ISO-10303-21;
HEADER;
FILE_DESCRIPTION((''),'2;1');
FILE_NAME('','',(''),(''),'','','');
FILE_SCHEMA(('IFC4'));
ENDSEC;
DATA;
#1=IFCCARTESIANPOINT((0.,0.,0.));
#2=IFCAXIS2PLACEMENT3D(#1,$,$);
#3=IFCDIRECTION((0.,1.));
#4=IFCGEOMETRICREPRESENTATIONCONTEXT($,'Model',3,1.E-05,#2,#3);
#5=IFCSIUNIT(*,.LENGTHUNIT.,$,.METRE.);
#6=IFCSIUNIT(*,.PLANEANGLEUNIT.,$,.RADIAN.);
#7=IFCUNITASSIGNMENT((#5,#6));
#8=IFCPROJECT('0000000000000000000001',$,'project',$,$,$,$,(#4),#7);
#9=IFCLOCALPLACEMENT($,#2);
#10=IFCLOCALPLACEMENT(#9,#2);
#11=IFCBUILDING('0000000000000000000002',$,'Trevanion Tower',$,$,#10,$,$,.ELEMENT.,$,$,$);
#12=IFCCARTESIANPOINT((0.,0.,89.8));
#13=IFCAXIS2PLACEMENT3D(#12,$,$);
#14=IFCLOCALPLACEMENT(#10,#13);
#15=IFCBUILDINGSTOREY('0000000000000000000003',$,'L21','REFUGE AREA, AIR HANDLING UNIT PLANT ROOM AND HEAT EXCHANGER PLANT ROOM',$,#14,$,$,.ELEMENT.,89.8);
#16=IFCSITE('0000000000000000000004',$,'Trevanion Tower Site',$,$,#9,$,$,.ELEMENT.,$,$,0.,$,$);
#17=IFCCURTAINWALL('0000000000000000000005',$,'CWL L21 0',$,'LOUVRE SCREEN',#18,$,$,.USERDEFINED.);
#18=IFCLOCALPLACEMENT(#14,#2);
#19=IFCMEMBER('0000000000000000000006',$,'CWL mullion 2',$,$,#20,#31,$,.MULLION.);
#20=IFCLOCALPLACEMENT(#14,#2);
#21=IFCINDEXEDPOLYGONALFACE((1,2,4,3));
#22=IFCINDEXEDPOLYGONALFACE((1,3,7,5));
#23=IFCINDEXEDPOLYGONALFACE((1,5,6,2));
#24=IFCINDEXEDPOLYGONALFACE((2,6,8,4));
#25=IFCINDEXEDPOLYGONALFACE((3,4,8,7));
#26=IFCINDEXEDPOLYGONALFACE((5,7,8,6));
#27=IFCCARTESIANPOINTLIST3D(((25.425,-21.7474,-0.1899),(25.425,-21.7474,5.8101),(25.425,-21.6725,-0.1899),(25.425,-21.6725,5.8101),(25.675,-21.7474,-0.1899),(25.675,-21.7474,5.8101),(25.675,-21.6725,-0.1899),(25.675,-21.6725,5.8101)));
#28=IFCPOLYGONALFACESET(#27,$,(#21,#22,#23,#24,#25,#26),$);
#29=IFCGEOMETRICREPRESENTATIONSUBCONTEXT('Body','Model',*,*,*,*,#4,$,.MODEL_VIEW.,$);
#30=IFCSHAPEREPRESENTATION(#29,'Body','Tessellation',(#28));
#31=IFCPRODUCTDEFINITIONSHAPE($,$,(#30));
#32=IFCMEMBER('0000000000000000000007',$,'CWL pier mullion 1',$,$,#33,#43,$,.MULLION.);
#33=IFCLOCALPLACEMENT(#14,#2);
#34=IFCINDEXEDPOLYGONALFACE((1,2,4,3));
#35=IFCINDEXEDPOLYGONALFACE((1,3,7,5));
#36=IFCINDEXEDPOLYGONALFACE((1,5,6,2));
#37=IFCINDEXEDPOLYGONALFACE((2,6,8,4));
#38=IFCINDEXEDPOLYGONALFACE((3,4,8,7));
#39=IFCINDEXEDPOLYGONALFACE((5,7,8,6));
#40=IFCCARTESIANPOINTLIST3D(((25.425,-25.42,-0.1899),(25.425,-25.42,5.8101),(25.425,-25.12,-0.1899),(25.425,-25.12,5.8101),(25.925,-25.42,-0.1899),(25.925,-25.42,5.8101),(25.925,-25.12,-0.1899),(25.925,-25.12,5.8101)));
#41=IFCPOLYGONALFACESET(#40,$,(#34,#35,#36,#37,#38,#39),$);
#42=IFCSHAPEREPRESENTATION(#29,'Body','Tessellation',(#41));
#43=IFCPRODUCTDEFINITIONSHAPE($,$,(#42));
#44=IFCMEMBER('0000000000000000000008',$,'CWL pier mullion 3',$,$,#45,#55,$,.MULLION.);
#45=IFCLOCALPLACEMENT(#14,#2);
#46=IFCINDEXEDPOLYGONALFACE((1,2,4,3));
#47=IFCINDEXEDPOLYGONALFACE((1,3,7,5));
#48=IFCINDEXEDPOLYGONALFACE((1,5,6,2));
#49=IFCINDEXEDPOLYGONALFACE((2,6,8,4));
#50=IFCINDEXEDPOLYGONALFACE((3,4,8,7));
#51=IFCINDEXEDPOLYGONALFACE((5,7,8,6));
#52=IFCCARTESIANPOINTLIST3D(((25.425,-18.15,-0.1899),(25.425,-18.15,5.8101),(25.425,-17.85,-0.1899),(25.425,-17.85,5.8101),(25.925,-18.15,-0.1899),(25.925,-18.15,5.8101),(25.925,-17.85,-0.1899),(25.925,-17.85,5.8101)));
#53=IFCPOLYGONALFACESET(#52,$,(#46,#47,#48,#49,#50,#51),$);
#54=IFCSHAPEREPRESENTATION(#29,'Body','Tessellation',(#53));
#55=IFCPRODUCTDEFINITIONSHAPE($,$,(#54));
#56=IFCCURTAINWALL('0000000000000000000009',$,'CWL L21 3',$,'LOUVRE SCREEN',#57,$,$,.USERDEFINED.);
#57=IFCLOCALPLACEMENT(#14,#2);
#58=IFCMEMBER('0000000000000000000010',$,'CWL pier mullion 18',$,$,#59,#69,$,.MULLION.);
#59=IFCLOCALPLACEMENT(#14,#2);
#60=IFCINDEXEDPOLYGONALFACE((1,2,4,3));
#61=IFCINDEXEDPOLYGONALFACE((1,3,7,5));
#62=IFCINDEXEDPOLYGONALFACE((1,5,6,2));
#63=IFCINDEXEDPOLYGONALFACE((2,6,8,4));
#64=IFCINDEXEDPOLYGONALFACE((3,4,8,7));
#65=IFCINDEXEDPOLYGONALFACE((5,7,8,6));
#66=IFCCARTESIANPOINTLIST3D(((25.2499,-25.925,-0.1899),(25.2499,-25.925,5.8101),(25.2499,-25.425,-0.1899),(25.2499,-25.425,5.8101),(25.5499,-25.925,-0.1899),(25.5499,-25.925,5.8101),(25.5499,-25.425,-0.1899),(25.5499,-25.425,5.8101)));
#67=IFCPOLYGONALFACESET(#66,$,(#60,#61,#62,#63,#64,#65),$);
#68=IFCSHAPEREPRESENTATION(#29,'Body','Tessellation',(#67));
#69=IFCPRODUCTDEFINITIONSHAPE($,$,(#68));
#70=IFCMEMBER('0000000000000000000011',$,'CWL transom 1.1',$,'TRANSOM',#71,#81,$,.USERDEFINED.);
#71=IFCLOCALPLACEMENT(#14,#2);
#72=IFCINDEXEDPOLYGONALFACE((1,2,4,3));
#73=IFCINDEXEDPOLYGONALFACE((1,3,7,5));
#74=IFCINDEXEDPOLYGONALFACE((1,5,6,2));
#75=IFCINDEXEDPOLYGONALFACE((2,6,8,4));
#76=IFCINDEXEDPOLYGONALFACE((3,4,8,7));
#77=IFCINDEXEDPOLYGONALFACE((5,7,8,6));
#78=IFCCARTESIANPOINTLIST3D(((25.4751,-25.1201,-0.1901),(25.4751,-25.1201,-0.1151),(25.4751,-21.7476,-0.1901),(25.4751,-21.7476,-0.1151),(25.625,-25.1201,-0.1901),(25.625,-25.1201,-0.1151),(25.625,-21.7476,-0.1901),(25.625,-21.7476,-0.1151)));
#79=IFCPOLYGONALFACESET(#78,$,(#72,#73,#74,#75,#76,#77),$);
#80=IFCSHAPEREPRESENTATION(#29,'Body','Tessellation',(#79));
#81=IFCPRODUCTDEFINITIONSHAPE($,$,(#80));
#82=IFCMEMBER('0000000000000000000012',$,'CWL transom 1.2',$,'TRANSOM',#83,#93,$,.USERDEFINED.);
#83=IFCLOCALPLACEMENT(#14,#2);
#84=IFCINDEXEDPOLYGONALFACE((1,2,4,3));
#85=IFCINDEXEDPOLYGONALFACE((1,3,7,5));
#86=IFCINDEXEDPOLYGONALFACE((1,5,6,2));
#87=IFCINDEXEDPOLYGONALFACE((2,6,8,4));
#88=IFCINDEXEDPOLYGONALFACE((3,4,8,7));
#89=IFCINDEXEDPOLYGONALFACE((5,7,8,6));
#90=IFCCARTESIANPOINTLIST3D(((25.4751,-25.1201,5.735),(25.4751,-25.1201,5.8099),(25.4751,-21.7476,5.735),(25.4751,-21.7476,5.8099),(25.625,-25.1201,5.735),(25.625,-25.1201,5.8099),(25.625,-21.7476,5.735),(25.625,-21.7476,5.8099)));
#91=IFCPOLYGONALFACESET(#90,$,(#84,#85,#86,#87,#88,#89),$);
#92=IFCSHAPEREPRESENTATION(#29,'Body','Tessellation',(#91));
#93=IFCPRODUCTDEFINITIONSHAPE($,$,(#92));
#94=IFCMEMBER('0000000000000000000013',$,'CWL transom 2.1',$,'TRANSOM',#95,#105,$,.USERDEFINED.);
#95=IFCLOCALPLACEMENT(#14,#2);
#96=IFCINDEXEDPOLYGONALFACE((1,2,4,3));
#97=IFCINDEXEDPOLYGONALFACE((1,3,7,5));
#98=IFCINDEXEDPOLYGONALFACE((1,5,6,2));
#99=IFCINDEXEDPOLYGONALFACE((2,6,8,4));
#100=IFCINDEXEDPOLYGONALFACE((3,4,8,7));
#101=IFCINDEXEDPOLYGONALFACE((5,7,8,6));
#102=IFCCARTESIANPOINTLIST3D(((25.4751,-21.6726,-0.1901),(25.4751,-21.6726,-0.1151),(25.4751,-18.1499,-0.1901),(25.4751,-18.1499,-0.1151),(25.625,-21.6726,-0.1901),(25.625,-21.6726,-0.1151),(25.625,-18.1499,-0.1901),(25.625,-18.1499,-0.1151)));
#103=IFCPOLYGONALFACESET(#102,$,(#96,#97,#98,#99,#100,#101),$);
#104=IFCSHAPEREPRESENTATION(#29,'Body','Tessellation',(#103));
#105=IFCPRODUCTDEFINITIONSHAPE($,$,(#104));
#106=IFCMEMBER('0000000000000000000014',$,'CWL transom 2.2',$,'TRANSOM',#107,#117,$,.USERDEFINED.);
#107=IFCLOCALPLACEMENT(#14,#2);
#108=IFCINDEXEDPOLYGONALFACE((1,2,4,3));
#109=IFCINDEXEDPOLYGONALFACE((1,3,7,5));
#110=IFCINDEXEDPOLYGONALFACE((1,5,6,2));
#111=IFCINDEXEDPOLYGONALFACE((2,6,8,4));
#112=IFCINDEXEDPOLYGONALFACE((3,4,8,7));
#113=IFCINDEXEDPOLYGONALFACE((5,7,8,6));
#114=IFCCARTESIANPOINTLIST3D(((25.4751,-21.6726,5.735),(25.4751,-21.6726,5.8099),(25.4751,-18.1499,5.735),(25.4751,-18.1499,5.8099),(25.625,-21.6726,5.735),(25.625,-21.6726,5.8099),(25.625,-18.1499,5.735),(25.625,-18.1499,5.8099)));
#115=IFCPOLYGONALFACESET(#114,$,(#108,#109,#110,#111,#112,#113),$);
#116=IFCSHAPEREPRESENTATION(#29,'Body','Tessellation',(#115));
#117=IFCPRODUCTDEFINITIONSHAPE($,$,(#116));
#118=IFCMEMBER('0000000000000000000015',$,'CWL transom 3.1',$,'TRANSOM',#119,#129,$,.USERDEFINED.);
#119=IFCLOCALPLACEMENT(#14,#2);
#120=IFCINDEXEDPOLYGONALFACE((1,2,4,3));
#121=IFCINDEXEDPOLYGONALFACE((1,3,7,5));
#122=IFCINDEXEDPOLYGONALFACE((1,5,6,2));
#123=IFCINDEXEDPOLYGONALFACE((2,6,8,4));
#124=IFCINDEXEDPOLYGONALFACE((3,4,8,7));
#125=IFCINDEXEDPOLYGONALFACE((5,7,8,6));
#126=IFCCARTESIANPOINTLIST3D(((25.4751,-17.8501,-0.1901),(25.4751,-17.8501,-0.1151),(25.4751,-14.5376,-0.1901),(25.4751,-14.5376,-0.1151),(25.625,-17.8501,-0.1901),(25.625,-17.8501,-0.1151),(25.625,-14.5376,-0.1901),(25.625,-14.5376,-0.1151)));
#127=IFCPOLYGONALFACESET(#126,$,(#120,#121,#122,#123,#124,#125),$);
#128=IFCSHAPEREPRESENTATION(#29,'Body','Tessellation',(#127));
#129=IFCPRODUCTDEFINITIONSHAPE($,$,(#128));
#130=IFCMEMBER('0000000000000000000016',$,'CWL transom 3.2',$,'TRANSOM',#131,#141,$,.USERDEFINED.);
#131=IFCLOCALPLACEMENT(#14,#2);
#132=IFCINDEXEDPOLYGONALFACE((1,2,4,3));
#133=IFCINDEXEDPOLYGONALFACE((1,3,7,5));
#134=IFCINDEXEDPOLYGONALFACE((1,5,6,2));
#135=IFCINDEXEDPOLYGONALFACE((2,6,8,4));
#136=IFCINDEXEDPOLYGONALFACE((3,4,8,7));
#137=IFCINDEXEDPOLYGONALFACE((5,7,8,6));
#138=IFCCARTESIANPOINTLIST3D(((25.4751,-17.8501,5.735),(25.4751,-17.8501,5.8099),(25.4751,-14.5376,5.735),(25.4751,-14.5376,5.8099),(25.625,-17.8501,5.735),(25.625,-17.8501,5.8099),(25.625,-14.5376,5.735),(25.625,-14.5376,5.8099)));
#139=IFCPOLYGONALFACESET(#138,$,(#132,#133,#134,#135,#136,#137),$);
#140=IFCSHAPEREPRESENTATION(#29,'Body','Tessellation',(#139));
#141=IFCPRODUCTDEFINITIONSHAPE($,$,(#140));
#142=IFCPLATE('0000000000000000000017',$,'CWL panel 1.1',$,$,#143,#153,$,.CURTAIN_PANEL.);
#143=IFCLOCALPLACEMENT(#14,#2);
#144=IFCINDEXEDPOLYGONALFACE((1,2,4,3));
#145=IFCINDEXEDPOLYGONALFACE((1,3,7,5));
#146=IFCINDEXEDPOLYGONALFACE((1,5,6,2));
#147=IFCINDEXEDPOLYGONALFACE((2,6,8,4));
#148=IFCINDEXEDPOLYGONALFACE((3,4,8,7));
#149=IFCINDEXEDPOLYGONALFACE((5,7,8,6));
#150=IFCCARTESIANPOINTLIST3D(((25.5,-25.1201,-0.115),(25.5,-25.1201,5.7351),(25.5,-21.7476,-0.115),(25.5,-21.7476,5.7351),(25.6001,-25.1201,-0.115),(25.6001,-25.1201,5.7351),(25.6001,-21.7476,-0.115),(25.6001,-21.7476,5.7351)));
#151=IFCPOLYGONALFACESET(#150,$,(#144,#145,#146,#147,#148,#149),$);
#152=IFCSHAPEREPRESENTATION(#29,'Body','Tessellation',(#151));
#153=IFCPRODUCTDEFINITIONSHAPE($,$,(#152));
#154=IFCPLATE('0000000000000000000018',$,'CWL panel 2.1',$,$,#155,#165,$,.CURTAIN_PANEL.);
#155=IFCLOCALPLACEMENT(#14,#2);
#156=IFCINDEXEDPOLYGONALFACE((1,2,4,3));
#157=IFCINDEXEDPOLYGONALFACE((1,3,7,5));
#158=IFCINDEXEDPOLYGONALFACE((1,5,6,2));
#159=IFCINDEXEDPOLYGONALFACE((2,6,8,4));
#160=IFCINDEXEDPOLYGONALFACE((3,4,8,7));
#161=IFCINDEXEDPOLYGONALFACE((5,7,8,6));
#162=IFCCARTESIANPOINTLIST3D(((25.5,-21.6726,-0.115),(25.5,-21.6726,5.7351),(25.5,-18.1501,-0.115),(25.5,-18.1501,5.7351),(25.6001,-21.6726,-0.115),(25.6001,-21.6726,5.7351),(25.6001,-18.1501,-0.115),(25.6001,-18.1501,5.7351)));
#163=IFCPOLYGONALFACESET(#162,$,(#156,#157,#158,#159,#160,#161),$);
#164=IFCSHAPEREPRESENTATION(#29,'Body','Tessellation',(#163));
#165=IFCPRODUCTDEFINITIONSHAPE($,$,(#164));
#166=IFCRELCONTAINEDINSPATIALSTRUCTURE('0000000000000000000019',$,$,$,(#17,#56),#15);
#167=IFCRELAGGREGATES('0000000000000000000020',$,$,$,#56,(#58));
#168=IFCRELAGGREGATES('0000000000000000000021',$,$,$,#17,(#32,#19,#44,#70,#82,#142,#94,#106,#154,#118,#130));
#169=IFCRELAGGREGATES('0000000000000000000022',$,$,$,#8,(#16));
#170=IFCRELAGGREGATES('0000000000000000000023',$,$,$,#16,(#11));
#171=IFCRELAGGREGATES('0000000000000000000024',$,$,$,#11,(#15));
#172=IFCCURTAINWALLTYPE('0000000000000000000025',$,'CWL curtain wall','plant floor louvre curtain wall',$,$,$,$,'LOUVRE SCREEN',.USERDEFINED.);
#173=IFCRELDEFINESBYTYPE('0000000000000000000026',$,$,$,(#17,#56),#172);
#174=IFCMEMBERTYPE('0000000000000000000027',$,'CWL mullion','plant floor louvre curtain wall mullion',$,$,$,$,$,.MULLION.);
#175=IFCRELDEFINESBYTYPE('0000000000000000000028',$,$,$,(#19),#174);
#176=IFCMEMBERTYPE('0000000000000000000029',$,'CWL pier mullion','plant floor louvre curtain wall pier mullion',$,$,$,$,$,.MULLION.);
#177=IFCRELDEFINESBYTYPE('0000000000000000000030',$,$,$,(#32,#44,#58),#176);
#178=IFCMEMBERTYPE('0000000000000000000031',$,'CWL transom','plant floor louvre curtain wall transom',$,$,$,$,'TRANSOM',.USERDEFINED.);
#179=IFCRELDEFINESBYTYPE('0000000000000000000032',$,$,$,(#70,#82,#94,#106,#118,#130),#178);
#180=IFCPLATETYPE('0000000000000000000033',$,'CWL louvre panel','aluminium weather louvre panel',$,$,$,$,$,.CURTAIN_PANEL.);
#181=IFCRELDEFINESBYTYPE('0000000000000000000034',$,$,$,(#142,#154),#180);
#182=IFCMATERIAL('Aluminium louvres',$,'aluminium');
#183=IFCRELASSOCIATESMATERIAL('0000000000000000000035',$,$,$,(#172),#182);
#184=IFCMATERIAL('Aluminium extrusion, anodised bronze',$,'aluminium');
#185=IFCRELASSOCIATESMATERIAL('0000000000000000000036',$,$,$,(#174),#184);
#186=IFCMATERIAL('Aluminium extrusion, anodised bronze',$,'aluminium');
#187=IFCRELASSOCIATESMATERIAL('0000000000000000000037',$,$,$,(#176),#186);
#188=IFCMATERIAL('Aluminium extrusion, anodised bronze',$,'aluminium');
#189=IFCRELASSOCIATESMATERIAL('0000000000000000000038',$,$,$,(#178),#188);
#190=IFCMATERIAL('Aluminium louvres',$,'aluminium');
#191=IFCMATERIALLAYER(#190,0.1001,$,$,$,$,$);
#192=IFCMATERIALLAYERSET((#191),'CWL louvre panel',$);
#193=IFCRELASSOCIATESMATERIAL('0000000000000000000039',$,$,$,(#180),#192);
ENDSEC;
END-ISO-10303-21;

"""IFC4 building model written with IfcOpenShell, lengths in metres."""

from ifc_helpers import new_model, si_unit, direction, frame, origin, origin_2d, place, context, subcontext, project, spatial, rectangle, extrude, material, layer, layer_set, material_profile, profile_set, type_object, element, aggregate, save


model = new_model("IFC4")

# Units and contexts
model_context = context("Model", 3, precision=1e-05, world=origin(), true_north=direction((0.0, 1.0)))
body_context = subcontext(model_context, "Body", "Model", "MODEL_VIEW")
ifc_project = project(units=[si_unit("LENGTHUNIT", "METRE"), si_unit("PLANEANGLEUNIT", "RADIAN")], contexts=[model_context])

# Site, building, storey
site_placement = place(None, origin())
site = spatial("IfcSite", under=ifc_project, at=site_placement, Name="Trevanion Tower Site", CompositionType="ELEMENT", RefElevation=0.0)
building_placement = place(site_placement, origin())
building = spatial("IfcBuilding", under=site, at=building_placement, Name="Trevanion Tower", CompositionType="ELEMENT")
storey_placement = place(building_placement, frame((0.0, 0.0, 89.8)))
storey = spatial("IfcBuildingStorey", under=building, at=storey_placement, Name="L21", Description="REFUGE AREA, AIR HANDLING UNIT PLANT ROOM AND HEAT EXCHANGER PLANT ROOM", CompositionType="ELEMENT", Elevation=89.8)

# Curtain wall, members
ifc_material_1 = material(Name="Aluminium louvres", Category="aluminium")
curtain_wall_type = type_object("IfcCurtainWallType", Name="CWL curtain wall", Description="plant floor louvre curtain wall", ElementType="LOUVRE SCREEN", PredefinedType="USERDEFINED", material=ifc_material_1)
curtain_wall_1_placement = place(storey_placement, origin())
curtain_wall_1 = element("IfcCurtainWall", 1, at=curtain_wall_1_placement, inside=storey, type_object=curtain_wall_type, Name="CWL L21 0", ObjectType="LOUVRE SCREEN", PredefinedType="USERDEFINED")
ifc_material_2 = material(Name="Aluminium extrusion, anodised bronze", Category="aluminium")
ifc_material_profile_1 = material_profile(ifc_material_2, rectangle(XDim=0.075, YDim=0.25, at=origin_2d()), Name="CWL mullion")
ifc_profile_set_1 = profile_set([ifc_material_profile_1], Name="Aluminium extrusion, anodised bronze")
member_type_1 = type_object("IfcMemberType", Name="CWL mullion", Description="plant floor louvre curtain wall mullion", PredefinedType="MULLION", material=ifc_profile_set_1)
member_1_placement = place(storey_placement, frame((25.55, -21.71, -0.1899), z_axis=(0.0, 0.0, 1.0), x_axis=(0.0, 1.0, 0.0)))
member_1 = element("IfcMember", 2, at=member_1_placement, type_object=member_type_1, Name="CWL mullion 2", PredefinedType="MULLION", context=body_context, shape_type="SweptSolid", body=[
    extrude(rectangle(XDim=0.075, YDim=0.25, at=origin_2d()), origin(), (0.0, 0.0, 1.0), 6.0),
])
ifc_material_3 = material(Name="Aluminium extrusion, anodised bronze", Category="aluminium")
ifc_material_profile_2 = material_profile(ifc_material_3, rectangle(XDim=0.3, YDim=0.5, at=origin_2d()), Name="CWL pier mullion")
ifc_profile_set_2 = profile_set([ifc_material_profile_2], Name="Aluminium extrusion, anodised bronze")
member_type_2 = type_object("IfcMemberType", Name="CWL pier mullion", Description="plant floor louvre curtain wall pier mullion", PredefinedType="MULLION", material=ifc_profile_set_2)
member_2_placement = place(storey_placement, frame((25.675, -25.27, -0.1899), z_axis=(0.0, 0.0, 1.0), x_axis=(0.0, 1.0, 0.0)))
member_2 = element("IfcMember", 3, at=member_2_placement, type_object=member_type_2, Name="CWL pier mullion 1", PredefinedType="MULLION", context=body_context, shape_type="SweptSolid", body=[
    extrude(rectangle(XDim=0.3, YDim=0.5, at=origin_2d()), origin(), (0.0, 0.0, 1.0), 6.0),
])
member_3_placement = place(storey_placement, frame((25.675, -18.0, -0.1899), z_axis=(0.0, 0.0, 1.0), x_axis=(0.0, 1.0, 0.0)))
member_3 = element("IfcMember", 4, at=member_3_placement, type_object=member_type_2, Name="CWL pier mullion 3", PredefinedType="MULLION", context=body_context, shape_type="SweptSolid", body=[
    extrude(rectangle(XDim=0.3, YDim=0.5, at=origin_2d()), origin(), (0.0, 0.0, 1.0), 6.0),
])

# Curtain wall, member
curtain_wall_2_placement = place(storey_placement, origin())
curtain_wall_2 = element("IfcCurtainWall", 5, at=curtain_wall_2_placement, inside=storey, type_object=curtain_wall_type, Name="CWL L21 3", ObjectType="LOUVRE SCREEN", PredefinedType="USERDEFINED")
member_4_placement = place(storey_placement, frame((25.3999, -25.675, -0.1899), z_axis=(0.0, 0.0, 1.0), x_axis=(1.0, 0.0, 0.0)))
member_4 = element("IfcMember", 6, at=member_4_placement, type_object=member_type_2, Name="CWL pier mullion 18", PredefinedType="MULLION", context=body_context, shape_type="SweptSolid", body=[
    extrude(rectangle(XDim=0.3, YDim=0.5, at=origin_2d()), origin(), (0.0, 0.0, 1.0), 6.0),
])
aggregate(curtain_wall_2, [member_4])

# Members
ifc_material_4 = material(Name="Aluminium extrusion, anodised bronze", Category="aluminium")
ifc_material_profile_3 = material_profile(ifc_material_4, rectangle(XDim=0.1499, YDim=0.075, at=origin_2d()), Name="CWL transom")
ifc_profile_set_3 = profile_set([ifc_material_profile_3], Name="Aluminium extrusion, anodised bronze")
member_type_3 = type_object("IfcMemberType", Name="CWL transom", Description="plant floor louvre curtain wall transom", ElementType="TRANSOM", PredefinedType="USERDEFINED", material=ifc_profile_set_3)
member_5_placement = place(storey_placement, frame((25.55, -25.1201, -0.1526), z_axis=(0.0, 1.0, 0.0), x_axis=(-1.0, 0.0, 0.0)))
member_5 = element("IfcMember", 7, at=member_5_placement, type_object=member_type_3, Name="CWL transom 1.1", ObjectType="TRANSOM", PredefinedType="USERDEFINED", context=body_context, shape_type="SweptSolid", body=[
    extrude(rectangle(XDim=0.1499, YDim=0.075, at=origin_2d()), origin(), (0.0, 0.0, 1.0), 3.3726),
])
member_6_placement = place(storey_placement, frame((25.55, -25.1201, 5.7725), z_axis=(0.0, 1.0, 0.0), x_axis=(-1.0, 0.0, 0.0)))
member_6 = element("IfcMember", 8, at=member_6_placement, type_object=member_type_3, Name="CWL transom 1.2", ObjectType="TRANSOM", PredefinedType="USERDEFINED", context=body_context, shape_type="SweptSolid", body=[
    extrude(rectangle(XDim=0.1499, YDim=0.075, at=origin_2d()), origin(), (0.0, 0.0, 1.0), 3.3726),
])
member_7_placement = place(storey_placement, frame((25.55, -21.6726, -0.1526), z_axis=(0.0, 1.0, 0.0), x_axis=(-1.0, 0.0, 0.0)))
member_7 = element("IfcMember", 9, at=member_7_placement, type_object=member_type_3, Name="CWL transom 2.1", ObjectType="TRANSOM", PredefinedType="USERDEFINED", context=body_context, shape_type="SweptSolid", body=[
    extrude(rectangle(XDim=0.1499, YDim=0.075, at=origin_2d()), origin(), (0.0, 0.0, 1.0), 3.5227),
])
member_8_placement = place(storey_placement, frame((25.55, -21.6726, 5.7725), z_axis=(0.0, 1.0, 0.0), x_axis=(-1.0, 0.0, 0.0)))
member_8 = element("IfcMember", 10, at=member_8_placement, type_object=member_type_3, Name="CWL transom 2.2", ObjectType="TRANSOM", PredefinedType="USERDEFINED", context=body_context, shape_type="SweptSolid", body=[
    extrude(rectangle(XDim=0.1499, YDim=0.075, at=origin_2d()), origin(), (0.0, 0.0, 1.0), 3.5227),
])
member_9_placement = place(storey_placement, frame((25.55, -17.8501, -0.1526), z_axis=(0.0, 1.0, 0.0), x_axis=(-1.0, 0.0, 0.0)))
member_9 = element("IfcMember", 11, at=member_9_placement, type_object=member_type_3, Name="CWL transom 3.1", ObjectType="TRANSOM", PredefinedType="USERDEFINED", context=body_context, shape_type="SweptSolid", body=[
    extrude(rectangle(XDim=0.1499, YDim=0.075, at=origin_2d()), origin(), (0.0, 0.0, 1.0), 3.3125),
])
member_10_placement = place(storey_placement, frame((25.55, -17.8501, 5.7725), z_axis=(0.0, 1.0, 0.0), x_axis=(-1.0, 0.0, 0.0)))
member_10 = element("IfcMember", 12, at=member_10_placement, type_object=member_type_3, Name="CWL transom 3.2", ObjectType="TRANSOM", PredefinedType="USERDEFINED", context=body_context, shape_type="SweptSolid", body=[
    extrude(rectangle(XDim=0.1499, YDim=0.075, at=origin_2d()), origin(), (0.0, 0.0, 1.0), 3.3125),
])

# Plates
ifc_material_5 = material(Name="Aluminium louvres", Category="aluminium")
ifc_layer = layer(ifc_material_5, 0.1001)
ifc_layer_set = layer_set([ifc_layer], Name="CWL louvre panel")
plate_type = type_object("IfcPlateType", Name="CWL louvre panel", Description="aluminium weather louvre panel", PredefinedType="CURTAIN_PANEL", material=ifc_layer_set)
plate_1_placement = place(storey_placement, frame((25.55, -23.4338, -0.115), z_axis=(0.0, 0.0, 1.0), x_axis=(0.0, 1.0, 0.0)))
plate_1 = element("IfcPlate", 13, at=plate_1_placement, type_object=plate_type, Name="CWL panel 1.1", PredefinedType="CURTAIN_PANEL", context=body_context, shape_type="SweptSolid", body=[
    extrude(rectangle(XDim=3.3726, YDim=0.1001, at=origin_2d()), origin(), (0.0, 0.0, 1.0), 5.8501),
])
plate_2_placement = place(storey_placement, frame((25.55, -19.9114, -0.115), z_axis=(0.0, 0.0, 1.0), x_axis=(0.0, 1.0, 0.0)))
plate_2 = element("IfcPlate", 14, at=plate_2_placement, type_object=plate_type, Name="CWL panel 2.1", PredefinedType="CURTAIN_PANEL", context=body_context, shape_type="SweptSolid", body=[
    extrude(rectangle(XDim=3.5225, YDim=0.1001, at=origin_2d()), origin(), (0.0, 0.0, 1.0), 5.8501),
])
aggregate(curtain_wall_1, [member_2, member_1, member_3, member_5, member_6, plate_1, member_7, member_8, plate_2, member_9, member_10])

save(model, "model.ifc")
